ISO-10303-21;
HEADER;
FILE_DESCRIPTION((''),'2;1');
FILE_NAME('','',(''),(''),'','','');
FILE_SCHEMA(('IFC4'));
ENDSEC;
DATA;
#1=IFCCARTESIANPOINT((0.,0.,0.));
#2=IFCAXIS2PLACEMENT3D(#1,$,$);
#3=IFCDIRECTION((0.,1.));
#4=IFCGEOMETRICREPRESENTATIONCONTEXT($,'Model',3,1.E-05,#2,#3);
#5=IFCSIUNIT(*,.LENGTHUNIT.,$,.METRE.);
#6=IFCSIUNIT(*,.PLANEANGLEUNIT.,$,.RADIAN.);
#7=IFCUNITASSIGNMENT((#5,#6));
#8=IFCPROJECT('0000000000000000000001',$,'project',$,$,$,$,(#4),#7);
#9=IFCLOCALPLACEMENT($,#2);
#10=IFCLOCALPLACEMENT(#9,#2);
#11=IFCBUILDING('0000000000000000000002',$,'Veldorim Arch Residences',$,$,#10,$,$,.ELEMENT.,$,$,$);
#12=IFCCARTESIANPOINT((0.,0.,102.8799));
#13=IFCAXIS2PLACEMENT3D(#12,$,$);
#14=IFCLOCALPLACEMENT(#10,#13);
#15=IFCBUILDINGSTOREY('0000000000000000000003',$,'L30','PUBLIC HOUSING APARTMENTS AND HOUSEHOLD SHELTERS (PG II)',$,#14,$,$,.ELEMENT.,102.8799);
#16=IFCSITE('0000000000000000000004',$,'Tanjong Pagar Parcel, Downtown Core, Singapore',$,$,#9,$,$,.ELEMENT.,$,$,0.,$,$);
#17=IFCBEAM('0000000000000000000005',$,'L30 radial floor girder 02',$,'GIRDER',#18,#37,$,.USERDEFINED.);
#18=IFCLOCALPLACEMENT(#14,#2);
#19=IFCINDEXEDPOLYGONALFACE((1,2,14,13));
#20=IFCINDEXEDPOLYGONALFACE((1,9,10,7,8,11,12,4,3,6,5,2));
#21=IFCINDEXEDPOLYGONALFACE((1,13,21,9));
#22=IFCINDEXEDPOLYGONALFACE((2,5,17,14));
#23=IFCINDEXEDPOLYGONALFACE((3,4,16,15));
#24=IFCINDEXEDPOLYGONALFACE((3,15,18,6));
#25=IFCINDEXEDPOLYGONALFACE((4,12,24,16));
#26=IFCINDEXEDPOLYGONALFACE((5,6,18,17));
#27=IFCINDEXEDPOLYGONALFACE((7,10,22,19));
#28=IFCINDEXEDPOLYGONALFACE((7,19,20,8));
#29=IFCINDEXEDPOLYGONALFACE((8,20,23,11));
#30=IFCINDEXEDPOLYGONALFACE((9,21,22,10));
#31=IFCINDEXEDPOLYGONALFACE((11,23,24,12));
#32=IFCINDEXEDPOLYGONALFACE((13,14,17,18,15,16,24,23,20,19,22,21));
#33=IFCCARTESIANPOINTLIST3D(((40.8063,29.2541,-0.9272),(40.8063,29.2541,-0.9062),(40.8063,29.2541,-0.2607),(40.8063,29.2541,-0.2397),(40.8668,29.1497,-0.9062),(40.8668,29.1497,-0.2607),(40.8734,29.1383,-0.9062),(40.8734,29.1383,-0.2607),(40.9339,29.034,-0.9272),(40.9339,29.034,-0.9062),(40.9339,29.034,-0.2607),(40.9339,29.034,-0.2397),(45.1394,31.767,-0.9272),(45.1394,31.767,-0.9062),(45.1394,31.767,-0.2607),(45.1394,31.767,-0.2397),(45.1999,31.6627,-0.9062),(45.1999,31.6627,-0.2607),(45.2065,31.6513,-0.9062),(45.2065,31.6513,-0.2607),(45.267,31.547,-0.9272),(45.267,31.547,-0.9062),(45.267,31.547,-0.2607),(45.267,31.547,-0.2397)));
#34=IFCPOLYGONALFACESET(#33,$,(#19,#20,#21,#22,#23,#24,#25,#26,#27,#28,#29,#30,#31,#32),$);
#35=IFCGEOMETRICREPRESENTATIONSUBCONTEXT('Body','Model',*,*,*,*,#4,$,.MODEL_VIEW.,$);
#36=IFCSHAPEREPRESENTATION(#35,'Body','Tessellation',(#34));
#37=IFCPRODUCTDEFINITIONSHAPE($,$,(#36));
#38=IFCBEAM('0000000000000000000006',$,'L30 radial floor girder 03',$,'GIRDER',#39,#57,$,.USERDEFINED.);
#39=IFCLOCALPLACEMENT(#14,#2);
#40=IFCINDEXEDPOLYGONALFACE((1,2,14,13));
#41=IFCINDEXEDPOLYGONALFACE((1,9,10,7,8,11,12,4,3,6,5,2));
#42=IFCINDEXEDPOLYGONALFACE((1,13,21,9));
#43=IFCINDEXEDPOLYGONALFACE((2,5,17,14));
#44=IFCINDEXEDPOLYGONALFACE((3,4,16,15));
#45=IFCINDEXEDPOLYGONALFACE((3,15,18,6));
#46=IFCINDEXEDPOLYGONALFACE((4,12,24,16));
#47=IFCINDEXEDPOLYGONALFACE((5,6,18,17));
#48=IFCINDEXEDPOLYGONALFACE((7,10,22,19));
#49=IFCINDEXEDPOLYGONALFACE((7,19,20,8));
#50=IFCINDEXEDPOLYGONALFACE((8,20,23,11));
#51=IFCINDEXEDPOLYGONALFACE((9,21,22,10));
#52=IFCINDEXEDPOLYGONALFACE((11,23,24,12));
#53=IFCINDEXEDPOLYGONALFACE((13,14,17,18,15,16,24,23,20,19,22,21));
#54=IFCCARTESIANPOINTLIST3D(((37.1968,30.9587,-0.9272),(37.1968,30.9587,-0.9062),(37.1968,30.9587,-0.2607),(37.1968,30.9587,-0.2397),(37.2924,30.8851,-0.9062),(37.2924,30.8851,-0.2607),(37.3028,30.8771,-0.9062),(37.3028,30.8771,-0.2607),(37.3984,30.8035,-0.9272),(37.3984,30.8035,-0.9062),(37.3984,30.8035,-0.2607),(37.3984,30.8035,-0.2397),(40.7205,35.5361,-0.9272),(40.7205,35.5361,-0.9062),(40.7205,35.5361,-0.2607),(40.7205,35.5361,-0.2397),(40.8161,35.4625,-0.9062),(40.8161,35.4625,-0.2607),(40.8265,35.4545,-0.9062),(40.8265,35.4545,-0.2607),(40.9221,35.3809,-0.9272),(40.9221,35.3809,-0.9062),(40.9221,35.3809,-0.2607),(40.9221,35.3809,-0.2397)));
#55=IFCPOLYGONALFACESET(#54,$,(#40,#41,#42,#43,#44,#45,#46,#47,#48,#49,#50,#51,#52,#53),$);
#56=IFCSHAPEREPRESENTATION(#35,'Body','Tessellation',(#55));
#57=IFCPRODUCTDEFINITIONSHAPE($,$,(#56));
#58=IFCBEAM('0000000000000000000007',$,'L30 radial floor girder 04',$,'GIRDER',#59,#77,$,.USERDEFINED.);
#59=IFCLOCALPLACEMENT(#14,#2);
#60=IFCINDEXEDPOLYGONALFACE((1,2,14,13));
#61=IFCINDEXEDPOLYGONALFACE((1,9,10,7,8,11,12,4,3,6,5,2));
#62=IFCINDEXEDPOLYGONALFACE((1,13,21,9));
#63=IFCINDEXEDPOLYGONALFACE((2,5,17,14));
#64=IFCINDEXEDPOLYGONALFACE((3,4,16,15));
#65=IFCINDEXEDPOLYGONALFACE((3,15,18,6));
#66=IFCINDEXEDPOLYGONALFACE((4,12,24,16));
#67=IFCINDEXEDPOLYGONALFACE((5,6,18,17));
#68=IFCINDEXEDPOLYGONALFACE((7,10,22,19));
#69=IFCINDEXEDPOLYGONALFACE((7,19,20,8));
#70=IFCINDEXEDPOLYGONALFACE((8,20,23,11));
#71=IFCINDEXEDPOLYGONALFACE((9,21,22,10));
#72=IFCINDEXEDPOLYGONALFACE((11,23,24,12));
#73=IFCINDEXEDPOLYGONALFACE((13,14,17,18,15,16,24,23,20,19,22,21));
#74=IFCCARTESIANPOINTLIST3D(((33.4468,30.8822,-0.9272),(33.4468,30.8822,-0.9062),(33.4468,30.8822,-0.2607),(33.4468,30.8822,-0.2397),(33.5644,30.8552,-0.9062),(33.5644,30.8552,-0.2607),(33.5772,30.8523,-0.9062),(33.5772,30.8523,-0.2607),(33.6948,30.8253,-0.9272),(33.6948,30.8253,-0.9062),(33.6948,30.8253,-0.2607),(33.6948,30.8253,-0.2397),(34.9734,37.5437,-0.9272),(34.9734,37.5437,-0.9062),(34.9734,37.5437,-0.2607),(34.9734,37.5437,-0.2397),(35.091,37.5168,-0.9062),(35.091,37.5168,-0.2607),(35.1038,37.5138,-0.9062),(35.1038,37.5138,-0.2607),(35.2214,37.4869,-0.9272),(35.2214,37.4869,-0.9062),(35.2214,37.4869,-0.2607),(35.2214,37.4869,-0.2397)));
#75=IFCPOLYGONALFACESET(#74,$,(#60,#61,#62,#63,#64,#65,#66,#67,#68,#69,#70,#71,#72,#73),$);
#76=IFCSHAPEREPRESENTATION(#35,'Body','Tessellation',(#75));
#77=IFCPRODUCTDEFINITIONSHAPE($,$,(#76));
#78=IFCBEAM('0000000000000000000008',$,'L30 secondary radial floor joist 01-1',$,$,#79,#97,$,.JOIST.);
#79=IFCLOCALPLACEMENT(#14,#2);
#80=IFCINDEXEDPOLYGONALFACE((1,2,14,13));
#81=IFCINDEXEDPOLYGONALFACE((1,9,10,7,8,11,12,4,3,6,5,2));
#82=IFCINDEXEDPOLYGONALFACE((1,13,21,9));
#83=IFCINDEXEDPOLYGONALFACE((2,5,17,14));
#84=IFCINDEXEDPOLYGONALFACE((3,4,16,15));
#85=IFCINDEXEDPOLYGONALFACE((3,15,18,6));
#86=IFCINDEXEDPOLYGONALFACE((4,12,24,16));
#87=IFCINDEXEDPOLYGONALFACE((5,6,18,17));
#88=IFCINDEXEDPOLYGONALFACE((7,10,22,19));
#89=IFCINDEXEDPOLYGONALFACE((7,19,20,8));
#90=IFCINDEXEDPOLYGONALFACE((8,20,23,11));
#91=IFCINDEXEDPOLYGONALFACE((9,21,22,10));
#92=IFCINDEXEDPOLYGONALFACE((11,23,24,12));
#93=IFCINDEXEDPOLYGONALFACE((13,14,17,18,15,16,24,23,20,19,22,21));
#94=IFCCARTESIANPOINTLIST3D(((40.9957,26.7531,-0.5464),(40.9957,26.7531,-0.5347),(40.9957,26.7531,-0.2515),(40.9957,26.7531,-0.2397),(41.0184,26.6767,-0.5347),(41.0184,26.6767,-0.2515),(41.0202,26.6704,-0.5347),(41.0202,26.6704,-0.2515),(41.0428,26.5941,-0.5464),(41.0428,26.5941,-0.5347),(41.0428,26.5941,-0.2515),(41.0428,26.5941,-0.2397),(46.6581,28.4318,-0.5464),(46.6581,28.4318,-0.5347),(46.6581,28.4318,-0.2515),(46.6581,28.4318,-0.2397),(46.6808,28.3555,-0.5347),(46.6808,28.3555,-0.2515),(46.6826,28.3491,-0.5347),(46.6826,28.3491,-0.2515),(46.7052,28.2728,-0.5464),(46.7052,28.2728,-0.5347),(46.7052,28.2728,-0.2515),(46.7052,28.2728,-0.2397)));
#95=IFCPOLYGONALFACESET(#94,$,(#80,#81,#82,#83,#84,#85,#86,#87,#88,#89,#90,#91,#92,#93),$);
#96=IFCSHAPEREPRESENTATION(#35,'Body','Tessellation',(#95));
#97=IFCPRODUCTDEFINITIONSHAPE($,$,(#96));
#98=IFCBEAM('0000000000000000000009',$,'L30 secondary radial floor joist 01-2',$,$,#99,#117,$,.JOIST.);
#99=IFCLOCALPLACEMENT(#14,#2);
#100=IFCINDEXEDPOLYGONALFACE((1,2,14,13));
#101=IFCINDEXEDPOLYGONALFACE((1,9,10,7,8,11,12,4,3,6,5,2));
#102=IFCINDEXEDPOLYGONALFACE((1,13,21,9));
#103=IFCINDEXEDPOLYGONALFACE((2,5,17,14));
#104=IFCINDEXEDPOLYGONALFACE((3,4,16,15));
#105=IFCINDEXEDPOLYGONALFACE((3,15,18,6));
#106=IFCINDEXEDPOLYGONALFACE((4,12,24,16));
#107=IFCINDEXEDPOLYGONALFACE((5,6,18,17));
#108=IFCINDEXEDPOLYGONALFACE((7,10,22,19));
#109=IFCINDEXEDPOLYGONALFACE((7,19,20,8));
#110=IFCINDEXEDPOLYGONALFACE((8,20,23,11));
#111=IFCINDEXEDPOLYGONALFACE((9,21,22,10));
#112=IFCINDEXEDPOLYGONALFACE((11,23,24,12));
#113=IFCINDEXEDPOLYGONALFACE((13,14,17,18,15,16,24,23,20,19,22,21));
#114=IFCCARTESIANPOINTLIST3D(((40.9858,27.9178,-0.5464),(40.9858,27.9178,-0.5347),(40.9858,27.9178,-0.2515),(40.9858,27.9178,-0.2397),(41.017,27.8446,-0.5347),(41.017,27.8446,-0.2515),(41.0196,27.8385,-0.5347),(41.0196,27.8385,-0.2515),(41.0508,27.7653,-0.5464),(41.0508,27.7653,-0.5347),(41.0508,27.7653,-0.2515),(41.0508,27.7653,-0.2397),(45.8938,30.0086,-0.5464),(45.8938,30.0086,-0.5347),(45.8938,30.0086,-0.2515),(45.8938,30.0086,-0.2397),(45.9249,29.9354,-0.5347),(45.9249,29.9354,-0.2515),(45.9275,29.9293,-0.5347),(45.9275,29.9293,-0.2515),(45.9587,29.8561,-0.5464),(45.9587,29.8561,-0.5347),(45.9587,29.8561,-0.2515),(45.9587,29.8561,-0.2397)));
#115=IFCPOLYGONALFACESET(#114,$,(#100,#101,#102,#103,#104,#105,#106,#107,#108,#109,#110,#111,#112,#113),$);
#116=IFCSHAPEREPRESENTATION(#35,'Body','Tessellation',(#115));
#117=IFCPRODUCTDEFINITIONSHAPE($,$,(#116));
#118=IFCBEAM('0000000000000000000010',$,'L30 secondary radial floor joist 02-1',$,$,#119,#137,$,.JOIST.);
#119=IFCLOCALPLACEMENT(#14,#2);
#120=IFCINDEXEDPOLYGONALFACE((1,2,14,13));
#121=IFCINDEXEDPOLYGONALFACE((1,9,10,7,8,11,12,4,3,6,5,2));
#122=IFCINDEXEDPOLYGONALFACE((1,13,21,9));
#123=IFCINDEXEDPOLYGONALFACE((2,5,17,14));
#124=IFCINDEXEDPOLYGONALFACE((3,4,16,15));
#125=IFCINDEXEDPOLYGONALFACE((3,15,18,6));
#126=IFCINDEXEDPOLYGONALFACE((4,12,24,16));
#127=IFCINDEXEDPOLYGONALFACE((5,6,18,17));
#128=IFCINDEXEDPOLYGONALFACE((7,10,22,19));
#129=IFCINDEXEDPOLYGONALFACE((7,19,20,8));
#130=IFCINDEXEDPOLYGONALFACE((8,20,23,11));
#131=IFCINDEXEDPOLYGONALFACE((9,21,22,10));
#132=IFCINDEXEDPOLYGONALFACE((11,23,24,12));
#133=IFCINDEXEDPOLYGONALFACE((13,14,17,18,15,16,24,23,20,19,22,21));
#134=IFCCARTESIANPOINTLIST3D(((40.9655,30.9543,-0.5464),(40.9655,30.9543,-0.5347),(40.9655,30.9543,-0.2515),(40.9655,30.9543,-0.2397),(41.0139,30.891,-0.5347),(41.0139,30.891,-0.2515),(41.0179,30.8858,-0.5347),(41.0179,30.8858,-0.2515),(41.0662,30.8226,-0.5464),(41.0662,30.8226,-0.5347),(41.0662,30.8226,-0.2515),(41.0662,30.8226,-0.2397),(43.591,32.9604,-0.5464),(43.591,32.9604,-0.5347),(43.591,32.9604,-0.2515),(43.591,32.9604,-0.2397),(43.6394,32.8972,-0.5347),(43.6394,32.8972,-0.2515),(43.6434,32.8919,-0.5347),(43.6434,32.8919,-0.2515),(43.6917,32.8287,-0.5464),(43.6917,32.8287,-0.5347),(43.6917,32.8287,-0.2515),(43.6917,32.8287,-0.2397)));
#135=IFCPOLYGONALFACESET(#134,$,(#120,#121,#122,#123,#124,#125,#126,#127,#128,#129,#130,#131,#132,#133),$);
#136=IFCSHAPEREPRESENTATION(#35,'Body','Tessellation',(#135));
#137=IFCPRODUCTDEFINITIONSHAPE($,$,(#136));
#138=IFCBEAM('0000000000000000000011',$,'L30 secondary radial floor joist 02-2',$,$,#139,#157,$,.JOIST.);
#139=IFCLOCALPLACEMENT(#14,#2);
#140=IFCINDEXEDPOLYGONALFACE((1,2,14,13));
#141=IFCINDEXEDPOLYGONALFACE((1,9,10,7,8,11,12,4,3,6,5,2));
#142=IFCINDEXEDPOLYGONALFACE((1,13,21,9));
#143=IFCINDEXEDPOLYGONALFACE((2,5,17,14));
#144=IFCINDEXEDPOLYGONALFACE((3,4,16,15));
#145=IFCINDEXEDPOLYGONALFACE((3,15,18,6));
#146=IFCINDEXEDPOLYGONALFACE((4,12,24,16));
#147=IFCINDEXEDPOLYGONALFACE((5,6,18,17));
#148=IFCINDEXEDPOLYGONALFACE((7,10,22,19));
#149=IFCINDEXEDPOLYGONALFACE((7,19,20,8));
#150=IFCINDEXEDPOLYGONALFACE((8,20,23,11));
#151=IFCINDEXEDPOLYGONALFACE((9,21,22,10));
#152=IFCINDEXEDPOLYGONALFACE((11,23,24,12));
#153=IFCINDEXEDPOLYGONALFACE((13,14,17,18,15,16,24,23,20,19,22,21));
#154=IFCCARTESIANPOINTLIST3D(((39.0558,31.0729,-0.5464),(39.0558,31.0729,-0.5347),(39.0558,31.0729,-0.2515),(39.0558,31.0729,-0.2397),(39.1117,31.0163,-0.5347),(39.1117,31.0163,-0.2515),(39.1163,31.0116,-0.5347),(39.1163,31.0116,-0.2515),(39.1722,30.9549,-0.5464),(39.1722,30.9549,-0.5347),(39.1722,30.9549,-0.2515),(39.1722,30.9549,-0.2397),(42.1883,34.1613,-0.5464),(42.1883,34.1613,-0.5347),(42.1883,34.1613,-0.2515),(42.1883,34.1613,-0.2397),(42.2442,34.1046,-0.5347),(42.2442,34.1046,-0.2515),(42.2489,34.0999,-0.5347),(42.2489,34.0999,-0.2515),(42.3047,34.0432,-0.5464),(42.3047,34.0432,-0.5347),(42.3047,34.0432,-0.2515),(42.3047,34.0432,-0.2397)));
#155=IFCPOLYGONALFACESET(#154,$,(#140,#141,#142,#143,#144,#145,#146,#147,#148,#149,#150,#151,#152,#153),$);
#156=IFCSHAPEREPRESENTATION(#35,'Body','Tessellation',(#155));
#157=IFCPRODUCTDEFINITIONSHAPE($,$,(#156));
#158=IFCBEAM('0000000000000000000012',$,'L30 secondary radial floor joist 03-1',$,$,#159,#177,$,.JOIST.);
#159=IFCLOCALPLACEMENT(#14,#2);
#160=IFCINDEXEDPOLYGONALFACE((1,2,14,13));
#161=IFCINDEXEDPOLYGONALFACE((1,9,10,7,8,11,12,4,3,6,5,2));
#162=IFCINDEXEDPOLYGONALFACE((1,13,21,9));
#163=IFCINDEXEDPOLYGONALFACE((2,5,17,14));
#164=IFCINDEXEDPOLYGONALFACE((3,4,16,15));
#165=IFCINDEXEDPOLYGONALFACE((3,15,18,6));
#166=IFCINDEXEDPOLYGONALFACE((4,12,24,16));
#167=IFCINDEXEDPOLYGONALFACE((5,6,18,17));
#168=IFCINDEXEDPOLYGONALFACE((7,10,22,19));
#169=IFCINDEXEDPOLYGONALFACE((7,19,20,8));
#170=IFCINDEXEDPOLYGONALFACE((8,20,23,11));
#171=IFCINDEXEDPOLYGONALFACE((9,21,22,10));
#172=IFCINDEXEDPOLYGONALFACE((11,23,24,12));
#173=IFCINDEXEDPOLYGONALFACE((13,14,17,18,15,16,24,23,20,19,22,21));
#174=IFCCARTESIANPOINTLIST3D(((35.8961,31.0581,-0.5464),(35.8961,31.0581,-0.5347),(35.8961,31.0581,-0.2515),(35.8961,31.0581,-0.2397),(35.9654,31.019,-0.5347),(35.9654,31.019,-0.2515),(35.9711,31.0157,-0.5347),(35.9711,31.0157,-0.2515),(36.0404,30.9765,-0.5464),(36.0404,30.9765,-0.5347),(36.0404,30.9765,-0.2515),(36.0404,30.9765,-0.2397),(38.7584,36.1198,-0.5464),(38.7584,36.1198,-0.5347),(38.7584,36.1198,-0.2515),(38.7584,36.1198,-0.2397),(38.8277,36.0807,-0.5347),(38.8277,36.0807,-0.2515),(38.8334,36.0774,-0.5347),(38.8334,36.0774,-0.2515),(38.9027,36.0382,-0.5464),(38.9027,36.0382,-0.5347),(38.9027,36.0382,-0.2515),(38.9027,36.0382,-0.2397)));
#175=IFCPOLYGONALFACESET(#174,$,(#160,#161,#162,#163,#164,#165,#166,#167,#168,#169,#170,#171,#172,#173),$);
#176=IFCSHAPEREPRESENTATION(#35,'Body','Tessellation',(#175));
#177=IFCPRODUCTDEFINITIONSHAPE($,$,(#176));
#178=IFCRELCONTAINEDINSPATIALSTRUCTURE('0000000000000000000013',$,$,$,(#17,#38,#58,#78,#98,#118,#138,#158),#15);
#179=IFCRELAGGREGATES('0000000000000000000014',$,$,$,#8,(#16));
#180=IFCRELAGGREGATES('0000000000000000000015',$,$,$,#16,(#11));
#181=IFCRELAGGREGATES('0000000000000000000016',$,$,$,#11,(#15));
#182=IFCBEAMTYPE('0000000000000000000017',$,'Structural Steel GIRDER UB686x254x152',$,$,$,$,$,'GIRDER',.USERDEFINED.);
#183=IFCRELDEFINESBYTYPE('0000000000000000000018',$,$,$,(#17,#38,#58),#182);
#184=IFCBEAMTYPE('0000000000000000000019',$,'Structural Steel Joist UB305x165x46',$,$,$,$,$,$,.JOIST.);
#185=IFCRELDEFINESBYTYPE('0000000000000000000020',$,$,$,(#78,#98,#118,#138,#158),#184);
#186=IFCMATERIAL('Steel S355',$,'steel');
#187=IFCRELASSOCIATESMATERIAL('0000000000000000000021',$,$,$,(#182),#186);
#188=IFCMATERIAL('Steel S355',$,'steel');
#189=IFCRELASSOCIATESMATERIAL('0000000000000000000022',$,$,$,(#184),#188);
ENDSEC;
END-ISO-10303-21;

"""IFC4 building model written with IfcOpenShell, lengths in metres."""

from ifc_helpers import new_model, si_unit, direction, frame, origin, origin_2d, place, context, subcontext, project, spatial, i_section, extrude, material, material_profile, profile_set, type_object, element, save


model = new_model("IFC4")

# Units and contexts
model_context = context("Model", 3, precision=1e-05, world=origin(), true_north=direction((0.0, 1.0)))
body_context = subcontext(model_context, "Body", "Model", "MODEL_VIEW")
ifc_project = project(units=[si_unit("LENGTHUNIT", "METRE"), si_unit("PLANEANGLEUNIT", "RADIAN")], contexts=[model_context])

# Site, building, storey
site_placement = place(None, origin())
site = spatial("IfcSite", under=ifc_project, at=site_placement, Name="Tanjong Pagar Parcel, Downtown Core, Singapore", CompositionType="ELEMENT", RefElevation=0.0)
building_placement = place(site_placement, origin())
building = spatial("IfcBuilding", under=site, at=building_placement, Name="Veldorim Arch Residences", CompositionType="ELEMENT")
storey_placement = place(building_placement, frame((0.0, 0.0, 102.8799)))
storey = spatial("IfcBuildingStorey", under=building, at=storey_placement, Name="L30", Description="PUBLIC HOUSING APARTMENTS AND HOUSEHOLD SHELTERS (PG II)", CompositionType="ELEMENT", Elevation=102.8799)

# Beams
ifc_material_1 = material(Name="Steel S355", Category="steel")
ifc_material_profile_1 = material_profile(ifc_material_1, i_section(OverallWidth=0.2544, OverallDepth=0.6875, WebThickness=0.0132, FlangeThickness=0.021, at=origin_2d()), Name="UB686x254x152")
ifc_profile_set_1 = profile_set([ifc_material_profile_1], Name="Steel S355")
beam_type_1 = type_object("IfcBeamType", Name="Structural Steel GIRDER UB686x254x152", ElementType="GIRDER", PredefinedType="USERDEFINED", material=ifc_profile_set_1)
beam_1_placement = place(storey_placement, frame((40.8701, 29.144, -0.5835), z_axis=(0.865049, 0.501687, 0.0), x_axis=(-0.501687, 0.865049, 0.0)))
element("IfcBeam", 1, at=beam_1_placement, inside=storey, type_object=beam_type_1, Name="L30 radial floor girder 02", ObjectType="GIRDER", PredefinedType="USERDEFINED", context=body_context, shape_type="SweptSolid", body=[
    extrude(i_section(OverallWidth=0.2544, OverallDepth=0.6875, WebThickness=0.0132, FlangeThickness=0.021, at=origin_2d()), origin(), (0.0, 0.0, 1.0), 5.009),
])
beam_2_placement = place(storey_placement, frame((37.2976, 30.8811, -0.5835), z_axis=(0.609995, 0.792406, 0.0), x_axis=(-0.792406, 0.609995, 0.0)))
element("IfcBeam", 2, at=beam_2_placement, inside=storey, type_object=beam_type_1, Name="L30 radial floor girder 03", ObjectType="GIRDER", PredefinedType="USERDEFINED", context=body_context, shape_type="SweptSolid", body=[
    extrude(i_section(OverallWidth=0.2544, OverallDepth=0.6875, WebThickness=0.0132, FlangeThickness=0.021, at=origin_2d()), origin(), (0.0, 0.0, 1.0), 5.7766),
])
beam_3_placement = place(storey_placement, frame((33.5708, 30.8538, -0.5835), z_axis=(0.223375, 0.974733, 0.0), x_axis=(-0.974733, 0.223375, 0.0)))
element("IfcBeam", 3, at=beam_3_placement, inside=storey, type_object=beam_type_1, Name="L30 radial floor girder 04", ObjectType="GIRDER", PredefinedType="USERDEFINED", context=body_context, shape_type="SweptSolid", body=[
    extrude(i_section(OverallWidth=0.2544, OverallDepth=0.6875, WebThickness=0.0132, FlangeThickness=0.021, at=origin_2d()), origin(), (0.0, 0.0, 1.0), 6.8342),
])
ifc_material_2 = material(Name="Steel S355", Category="steel")
ifc_material_profile_2 = material_profile(ifc_material_2, i_section(OverallWidth=0.1658, OverallDepth=0.3066, WebThickness=0.0066, FlangeThickness=0.0117, at=origin_2d()), Name="UB305x165x46")
ifc_profile_set_2 = profile_set([ifc_material_profile_2], Name="Steel S355")
beam_type_2 = type_object("IfcBeamType", Name="Structural Steel Joist UB305x165x46", PredefinedType="JOIST", material=ifc_profile_set_2)
beam_4_placement = place(storey_placement, frame((41.0193, 26.6736, -0.3931), z_axis=(0.958753, 0.28424, 0.0), x_axis=(-0.28424, 0.958753, 0.0)))
element("IfcBeam", 4, at=beam_4_placement, inside=storey, type_object=beam_type_2, Name="L30 secondary radial floor joist 01-1", PredefinedType="JOIST", context=body_context, shape_type="SweptSolid", body=[
    extrude(i_section(OverallWidth=0.1658, OverallDepth=0.3066, WebThickness=0.0066, FlangeThickness=0.0117, at=origin_2d()), origin(), (0.0, 0.0, 1.0), 5.906),
])
beam_5_placement = place(storey_placement, frame((41.0183, 27.8416, -0.3931), z_axis=(0.919997, 0.391924, 0.0), x_axis=(-0.391924, 0.919997, 0.0)))
element("IfcBeam", 5, at=beam_5_placement, inside=storey, type_object=beam_type_2, Name="L30 secondary radial floor joist 01-2", PredefinedType="JOIST", context=body_context, shape_type="SweptSolid", body=[
    extrude(i_section(OverallWidth=0.1658, OverallDepth=0.3066, WebThickness=0.0066, FlangeThickness=0.0117, at=origin_2d()), origin(), (0.0, 0.0, 1.0), 5.3347),
])
beam_6_placement = place(storey_placement, frame((41.0159, 30.8884, -0.3931), z_axis=(0.794595, 0.60714, 0.0), x_axis=(-0.60714, 0.794595, 0.0)))
element("IfcBeam", 6, at=beam_6_placement, inside=storey, type_object=beam_type_2, Name="L30 secondary radial floor joist 02-1", PredefinedType="JOIST", context=body_context, shape_type="SweptSolid", body=[
    extrude(i_section(OverallWidth=0.1658, OverallDepth=0.3066, WebThickness=0.0066, FlangeThickness=0.0117, at=origin_2d()), origin(), (0.0, 0.0, 1.0), 3.3042),
])
beam_7_placement = place(storey_placement, frame((39.114, 31.0139, -0.3931), z_axis=(0.712112, 0.702066, 0.0), x_axis=(-0.702066, 0.712112, 0.0)))
element("IfcBeam", 7, at=beam_7_placement, inside=storey, type_object=beam_type_2, Name="L30 secondary radial floor joist 02-2", PredefinedType="JOIST", context=body_context, shape_type="SweptSolid", body=[
    extrude(i_section(OverallWidth=0.1658, OverallDepth=0.3066, WebThickness=0.0066, FlangeThickness=0.0117, at=origin_2d()), origin(), (0.0, 0.0, 1.0), 4.3989),
])
beam_8_placement = place(storey_placement, frame((35.9683, 31.0173, -0.3931), z_axis=(0.492227, 0.870467, 0.0), x_axis=(-0.870467, 0.492227, 0.0)))
element("IfcBeam", 8, at=beam_8_placement, inside=storey, type_object=beam_type_2, Name="L30 secondary radial floor joist 03-1", PredefinedType="JOIST", context=body_context, shape_type="SweptSolid", body=[
    extrude(i_section(OverallWidth=0.1658, OverallDepth=0.3066, WebThickness=0.0066, FlangeThickness=0.0117, at=origin_2d()), origin(), (0.0, 0.0, 1.0), 5.8149),
])

save(model, "model.ifc")
